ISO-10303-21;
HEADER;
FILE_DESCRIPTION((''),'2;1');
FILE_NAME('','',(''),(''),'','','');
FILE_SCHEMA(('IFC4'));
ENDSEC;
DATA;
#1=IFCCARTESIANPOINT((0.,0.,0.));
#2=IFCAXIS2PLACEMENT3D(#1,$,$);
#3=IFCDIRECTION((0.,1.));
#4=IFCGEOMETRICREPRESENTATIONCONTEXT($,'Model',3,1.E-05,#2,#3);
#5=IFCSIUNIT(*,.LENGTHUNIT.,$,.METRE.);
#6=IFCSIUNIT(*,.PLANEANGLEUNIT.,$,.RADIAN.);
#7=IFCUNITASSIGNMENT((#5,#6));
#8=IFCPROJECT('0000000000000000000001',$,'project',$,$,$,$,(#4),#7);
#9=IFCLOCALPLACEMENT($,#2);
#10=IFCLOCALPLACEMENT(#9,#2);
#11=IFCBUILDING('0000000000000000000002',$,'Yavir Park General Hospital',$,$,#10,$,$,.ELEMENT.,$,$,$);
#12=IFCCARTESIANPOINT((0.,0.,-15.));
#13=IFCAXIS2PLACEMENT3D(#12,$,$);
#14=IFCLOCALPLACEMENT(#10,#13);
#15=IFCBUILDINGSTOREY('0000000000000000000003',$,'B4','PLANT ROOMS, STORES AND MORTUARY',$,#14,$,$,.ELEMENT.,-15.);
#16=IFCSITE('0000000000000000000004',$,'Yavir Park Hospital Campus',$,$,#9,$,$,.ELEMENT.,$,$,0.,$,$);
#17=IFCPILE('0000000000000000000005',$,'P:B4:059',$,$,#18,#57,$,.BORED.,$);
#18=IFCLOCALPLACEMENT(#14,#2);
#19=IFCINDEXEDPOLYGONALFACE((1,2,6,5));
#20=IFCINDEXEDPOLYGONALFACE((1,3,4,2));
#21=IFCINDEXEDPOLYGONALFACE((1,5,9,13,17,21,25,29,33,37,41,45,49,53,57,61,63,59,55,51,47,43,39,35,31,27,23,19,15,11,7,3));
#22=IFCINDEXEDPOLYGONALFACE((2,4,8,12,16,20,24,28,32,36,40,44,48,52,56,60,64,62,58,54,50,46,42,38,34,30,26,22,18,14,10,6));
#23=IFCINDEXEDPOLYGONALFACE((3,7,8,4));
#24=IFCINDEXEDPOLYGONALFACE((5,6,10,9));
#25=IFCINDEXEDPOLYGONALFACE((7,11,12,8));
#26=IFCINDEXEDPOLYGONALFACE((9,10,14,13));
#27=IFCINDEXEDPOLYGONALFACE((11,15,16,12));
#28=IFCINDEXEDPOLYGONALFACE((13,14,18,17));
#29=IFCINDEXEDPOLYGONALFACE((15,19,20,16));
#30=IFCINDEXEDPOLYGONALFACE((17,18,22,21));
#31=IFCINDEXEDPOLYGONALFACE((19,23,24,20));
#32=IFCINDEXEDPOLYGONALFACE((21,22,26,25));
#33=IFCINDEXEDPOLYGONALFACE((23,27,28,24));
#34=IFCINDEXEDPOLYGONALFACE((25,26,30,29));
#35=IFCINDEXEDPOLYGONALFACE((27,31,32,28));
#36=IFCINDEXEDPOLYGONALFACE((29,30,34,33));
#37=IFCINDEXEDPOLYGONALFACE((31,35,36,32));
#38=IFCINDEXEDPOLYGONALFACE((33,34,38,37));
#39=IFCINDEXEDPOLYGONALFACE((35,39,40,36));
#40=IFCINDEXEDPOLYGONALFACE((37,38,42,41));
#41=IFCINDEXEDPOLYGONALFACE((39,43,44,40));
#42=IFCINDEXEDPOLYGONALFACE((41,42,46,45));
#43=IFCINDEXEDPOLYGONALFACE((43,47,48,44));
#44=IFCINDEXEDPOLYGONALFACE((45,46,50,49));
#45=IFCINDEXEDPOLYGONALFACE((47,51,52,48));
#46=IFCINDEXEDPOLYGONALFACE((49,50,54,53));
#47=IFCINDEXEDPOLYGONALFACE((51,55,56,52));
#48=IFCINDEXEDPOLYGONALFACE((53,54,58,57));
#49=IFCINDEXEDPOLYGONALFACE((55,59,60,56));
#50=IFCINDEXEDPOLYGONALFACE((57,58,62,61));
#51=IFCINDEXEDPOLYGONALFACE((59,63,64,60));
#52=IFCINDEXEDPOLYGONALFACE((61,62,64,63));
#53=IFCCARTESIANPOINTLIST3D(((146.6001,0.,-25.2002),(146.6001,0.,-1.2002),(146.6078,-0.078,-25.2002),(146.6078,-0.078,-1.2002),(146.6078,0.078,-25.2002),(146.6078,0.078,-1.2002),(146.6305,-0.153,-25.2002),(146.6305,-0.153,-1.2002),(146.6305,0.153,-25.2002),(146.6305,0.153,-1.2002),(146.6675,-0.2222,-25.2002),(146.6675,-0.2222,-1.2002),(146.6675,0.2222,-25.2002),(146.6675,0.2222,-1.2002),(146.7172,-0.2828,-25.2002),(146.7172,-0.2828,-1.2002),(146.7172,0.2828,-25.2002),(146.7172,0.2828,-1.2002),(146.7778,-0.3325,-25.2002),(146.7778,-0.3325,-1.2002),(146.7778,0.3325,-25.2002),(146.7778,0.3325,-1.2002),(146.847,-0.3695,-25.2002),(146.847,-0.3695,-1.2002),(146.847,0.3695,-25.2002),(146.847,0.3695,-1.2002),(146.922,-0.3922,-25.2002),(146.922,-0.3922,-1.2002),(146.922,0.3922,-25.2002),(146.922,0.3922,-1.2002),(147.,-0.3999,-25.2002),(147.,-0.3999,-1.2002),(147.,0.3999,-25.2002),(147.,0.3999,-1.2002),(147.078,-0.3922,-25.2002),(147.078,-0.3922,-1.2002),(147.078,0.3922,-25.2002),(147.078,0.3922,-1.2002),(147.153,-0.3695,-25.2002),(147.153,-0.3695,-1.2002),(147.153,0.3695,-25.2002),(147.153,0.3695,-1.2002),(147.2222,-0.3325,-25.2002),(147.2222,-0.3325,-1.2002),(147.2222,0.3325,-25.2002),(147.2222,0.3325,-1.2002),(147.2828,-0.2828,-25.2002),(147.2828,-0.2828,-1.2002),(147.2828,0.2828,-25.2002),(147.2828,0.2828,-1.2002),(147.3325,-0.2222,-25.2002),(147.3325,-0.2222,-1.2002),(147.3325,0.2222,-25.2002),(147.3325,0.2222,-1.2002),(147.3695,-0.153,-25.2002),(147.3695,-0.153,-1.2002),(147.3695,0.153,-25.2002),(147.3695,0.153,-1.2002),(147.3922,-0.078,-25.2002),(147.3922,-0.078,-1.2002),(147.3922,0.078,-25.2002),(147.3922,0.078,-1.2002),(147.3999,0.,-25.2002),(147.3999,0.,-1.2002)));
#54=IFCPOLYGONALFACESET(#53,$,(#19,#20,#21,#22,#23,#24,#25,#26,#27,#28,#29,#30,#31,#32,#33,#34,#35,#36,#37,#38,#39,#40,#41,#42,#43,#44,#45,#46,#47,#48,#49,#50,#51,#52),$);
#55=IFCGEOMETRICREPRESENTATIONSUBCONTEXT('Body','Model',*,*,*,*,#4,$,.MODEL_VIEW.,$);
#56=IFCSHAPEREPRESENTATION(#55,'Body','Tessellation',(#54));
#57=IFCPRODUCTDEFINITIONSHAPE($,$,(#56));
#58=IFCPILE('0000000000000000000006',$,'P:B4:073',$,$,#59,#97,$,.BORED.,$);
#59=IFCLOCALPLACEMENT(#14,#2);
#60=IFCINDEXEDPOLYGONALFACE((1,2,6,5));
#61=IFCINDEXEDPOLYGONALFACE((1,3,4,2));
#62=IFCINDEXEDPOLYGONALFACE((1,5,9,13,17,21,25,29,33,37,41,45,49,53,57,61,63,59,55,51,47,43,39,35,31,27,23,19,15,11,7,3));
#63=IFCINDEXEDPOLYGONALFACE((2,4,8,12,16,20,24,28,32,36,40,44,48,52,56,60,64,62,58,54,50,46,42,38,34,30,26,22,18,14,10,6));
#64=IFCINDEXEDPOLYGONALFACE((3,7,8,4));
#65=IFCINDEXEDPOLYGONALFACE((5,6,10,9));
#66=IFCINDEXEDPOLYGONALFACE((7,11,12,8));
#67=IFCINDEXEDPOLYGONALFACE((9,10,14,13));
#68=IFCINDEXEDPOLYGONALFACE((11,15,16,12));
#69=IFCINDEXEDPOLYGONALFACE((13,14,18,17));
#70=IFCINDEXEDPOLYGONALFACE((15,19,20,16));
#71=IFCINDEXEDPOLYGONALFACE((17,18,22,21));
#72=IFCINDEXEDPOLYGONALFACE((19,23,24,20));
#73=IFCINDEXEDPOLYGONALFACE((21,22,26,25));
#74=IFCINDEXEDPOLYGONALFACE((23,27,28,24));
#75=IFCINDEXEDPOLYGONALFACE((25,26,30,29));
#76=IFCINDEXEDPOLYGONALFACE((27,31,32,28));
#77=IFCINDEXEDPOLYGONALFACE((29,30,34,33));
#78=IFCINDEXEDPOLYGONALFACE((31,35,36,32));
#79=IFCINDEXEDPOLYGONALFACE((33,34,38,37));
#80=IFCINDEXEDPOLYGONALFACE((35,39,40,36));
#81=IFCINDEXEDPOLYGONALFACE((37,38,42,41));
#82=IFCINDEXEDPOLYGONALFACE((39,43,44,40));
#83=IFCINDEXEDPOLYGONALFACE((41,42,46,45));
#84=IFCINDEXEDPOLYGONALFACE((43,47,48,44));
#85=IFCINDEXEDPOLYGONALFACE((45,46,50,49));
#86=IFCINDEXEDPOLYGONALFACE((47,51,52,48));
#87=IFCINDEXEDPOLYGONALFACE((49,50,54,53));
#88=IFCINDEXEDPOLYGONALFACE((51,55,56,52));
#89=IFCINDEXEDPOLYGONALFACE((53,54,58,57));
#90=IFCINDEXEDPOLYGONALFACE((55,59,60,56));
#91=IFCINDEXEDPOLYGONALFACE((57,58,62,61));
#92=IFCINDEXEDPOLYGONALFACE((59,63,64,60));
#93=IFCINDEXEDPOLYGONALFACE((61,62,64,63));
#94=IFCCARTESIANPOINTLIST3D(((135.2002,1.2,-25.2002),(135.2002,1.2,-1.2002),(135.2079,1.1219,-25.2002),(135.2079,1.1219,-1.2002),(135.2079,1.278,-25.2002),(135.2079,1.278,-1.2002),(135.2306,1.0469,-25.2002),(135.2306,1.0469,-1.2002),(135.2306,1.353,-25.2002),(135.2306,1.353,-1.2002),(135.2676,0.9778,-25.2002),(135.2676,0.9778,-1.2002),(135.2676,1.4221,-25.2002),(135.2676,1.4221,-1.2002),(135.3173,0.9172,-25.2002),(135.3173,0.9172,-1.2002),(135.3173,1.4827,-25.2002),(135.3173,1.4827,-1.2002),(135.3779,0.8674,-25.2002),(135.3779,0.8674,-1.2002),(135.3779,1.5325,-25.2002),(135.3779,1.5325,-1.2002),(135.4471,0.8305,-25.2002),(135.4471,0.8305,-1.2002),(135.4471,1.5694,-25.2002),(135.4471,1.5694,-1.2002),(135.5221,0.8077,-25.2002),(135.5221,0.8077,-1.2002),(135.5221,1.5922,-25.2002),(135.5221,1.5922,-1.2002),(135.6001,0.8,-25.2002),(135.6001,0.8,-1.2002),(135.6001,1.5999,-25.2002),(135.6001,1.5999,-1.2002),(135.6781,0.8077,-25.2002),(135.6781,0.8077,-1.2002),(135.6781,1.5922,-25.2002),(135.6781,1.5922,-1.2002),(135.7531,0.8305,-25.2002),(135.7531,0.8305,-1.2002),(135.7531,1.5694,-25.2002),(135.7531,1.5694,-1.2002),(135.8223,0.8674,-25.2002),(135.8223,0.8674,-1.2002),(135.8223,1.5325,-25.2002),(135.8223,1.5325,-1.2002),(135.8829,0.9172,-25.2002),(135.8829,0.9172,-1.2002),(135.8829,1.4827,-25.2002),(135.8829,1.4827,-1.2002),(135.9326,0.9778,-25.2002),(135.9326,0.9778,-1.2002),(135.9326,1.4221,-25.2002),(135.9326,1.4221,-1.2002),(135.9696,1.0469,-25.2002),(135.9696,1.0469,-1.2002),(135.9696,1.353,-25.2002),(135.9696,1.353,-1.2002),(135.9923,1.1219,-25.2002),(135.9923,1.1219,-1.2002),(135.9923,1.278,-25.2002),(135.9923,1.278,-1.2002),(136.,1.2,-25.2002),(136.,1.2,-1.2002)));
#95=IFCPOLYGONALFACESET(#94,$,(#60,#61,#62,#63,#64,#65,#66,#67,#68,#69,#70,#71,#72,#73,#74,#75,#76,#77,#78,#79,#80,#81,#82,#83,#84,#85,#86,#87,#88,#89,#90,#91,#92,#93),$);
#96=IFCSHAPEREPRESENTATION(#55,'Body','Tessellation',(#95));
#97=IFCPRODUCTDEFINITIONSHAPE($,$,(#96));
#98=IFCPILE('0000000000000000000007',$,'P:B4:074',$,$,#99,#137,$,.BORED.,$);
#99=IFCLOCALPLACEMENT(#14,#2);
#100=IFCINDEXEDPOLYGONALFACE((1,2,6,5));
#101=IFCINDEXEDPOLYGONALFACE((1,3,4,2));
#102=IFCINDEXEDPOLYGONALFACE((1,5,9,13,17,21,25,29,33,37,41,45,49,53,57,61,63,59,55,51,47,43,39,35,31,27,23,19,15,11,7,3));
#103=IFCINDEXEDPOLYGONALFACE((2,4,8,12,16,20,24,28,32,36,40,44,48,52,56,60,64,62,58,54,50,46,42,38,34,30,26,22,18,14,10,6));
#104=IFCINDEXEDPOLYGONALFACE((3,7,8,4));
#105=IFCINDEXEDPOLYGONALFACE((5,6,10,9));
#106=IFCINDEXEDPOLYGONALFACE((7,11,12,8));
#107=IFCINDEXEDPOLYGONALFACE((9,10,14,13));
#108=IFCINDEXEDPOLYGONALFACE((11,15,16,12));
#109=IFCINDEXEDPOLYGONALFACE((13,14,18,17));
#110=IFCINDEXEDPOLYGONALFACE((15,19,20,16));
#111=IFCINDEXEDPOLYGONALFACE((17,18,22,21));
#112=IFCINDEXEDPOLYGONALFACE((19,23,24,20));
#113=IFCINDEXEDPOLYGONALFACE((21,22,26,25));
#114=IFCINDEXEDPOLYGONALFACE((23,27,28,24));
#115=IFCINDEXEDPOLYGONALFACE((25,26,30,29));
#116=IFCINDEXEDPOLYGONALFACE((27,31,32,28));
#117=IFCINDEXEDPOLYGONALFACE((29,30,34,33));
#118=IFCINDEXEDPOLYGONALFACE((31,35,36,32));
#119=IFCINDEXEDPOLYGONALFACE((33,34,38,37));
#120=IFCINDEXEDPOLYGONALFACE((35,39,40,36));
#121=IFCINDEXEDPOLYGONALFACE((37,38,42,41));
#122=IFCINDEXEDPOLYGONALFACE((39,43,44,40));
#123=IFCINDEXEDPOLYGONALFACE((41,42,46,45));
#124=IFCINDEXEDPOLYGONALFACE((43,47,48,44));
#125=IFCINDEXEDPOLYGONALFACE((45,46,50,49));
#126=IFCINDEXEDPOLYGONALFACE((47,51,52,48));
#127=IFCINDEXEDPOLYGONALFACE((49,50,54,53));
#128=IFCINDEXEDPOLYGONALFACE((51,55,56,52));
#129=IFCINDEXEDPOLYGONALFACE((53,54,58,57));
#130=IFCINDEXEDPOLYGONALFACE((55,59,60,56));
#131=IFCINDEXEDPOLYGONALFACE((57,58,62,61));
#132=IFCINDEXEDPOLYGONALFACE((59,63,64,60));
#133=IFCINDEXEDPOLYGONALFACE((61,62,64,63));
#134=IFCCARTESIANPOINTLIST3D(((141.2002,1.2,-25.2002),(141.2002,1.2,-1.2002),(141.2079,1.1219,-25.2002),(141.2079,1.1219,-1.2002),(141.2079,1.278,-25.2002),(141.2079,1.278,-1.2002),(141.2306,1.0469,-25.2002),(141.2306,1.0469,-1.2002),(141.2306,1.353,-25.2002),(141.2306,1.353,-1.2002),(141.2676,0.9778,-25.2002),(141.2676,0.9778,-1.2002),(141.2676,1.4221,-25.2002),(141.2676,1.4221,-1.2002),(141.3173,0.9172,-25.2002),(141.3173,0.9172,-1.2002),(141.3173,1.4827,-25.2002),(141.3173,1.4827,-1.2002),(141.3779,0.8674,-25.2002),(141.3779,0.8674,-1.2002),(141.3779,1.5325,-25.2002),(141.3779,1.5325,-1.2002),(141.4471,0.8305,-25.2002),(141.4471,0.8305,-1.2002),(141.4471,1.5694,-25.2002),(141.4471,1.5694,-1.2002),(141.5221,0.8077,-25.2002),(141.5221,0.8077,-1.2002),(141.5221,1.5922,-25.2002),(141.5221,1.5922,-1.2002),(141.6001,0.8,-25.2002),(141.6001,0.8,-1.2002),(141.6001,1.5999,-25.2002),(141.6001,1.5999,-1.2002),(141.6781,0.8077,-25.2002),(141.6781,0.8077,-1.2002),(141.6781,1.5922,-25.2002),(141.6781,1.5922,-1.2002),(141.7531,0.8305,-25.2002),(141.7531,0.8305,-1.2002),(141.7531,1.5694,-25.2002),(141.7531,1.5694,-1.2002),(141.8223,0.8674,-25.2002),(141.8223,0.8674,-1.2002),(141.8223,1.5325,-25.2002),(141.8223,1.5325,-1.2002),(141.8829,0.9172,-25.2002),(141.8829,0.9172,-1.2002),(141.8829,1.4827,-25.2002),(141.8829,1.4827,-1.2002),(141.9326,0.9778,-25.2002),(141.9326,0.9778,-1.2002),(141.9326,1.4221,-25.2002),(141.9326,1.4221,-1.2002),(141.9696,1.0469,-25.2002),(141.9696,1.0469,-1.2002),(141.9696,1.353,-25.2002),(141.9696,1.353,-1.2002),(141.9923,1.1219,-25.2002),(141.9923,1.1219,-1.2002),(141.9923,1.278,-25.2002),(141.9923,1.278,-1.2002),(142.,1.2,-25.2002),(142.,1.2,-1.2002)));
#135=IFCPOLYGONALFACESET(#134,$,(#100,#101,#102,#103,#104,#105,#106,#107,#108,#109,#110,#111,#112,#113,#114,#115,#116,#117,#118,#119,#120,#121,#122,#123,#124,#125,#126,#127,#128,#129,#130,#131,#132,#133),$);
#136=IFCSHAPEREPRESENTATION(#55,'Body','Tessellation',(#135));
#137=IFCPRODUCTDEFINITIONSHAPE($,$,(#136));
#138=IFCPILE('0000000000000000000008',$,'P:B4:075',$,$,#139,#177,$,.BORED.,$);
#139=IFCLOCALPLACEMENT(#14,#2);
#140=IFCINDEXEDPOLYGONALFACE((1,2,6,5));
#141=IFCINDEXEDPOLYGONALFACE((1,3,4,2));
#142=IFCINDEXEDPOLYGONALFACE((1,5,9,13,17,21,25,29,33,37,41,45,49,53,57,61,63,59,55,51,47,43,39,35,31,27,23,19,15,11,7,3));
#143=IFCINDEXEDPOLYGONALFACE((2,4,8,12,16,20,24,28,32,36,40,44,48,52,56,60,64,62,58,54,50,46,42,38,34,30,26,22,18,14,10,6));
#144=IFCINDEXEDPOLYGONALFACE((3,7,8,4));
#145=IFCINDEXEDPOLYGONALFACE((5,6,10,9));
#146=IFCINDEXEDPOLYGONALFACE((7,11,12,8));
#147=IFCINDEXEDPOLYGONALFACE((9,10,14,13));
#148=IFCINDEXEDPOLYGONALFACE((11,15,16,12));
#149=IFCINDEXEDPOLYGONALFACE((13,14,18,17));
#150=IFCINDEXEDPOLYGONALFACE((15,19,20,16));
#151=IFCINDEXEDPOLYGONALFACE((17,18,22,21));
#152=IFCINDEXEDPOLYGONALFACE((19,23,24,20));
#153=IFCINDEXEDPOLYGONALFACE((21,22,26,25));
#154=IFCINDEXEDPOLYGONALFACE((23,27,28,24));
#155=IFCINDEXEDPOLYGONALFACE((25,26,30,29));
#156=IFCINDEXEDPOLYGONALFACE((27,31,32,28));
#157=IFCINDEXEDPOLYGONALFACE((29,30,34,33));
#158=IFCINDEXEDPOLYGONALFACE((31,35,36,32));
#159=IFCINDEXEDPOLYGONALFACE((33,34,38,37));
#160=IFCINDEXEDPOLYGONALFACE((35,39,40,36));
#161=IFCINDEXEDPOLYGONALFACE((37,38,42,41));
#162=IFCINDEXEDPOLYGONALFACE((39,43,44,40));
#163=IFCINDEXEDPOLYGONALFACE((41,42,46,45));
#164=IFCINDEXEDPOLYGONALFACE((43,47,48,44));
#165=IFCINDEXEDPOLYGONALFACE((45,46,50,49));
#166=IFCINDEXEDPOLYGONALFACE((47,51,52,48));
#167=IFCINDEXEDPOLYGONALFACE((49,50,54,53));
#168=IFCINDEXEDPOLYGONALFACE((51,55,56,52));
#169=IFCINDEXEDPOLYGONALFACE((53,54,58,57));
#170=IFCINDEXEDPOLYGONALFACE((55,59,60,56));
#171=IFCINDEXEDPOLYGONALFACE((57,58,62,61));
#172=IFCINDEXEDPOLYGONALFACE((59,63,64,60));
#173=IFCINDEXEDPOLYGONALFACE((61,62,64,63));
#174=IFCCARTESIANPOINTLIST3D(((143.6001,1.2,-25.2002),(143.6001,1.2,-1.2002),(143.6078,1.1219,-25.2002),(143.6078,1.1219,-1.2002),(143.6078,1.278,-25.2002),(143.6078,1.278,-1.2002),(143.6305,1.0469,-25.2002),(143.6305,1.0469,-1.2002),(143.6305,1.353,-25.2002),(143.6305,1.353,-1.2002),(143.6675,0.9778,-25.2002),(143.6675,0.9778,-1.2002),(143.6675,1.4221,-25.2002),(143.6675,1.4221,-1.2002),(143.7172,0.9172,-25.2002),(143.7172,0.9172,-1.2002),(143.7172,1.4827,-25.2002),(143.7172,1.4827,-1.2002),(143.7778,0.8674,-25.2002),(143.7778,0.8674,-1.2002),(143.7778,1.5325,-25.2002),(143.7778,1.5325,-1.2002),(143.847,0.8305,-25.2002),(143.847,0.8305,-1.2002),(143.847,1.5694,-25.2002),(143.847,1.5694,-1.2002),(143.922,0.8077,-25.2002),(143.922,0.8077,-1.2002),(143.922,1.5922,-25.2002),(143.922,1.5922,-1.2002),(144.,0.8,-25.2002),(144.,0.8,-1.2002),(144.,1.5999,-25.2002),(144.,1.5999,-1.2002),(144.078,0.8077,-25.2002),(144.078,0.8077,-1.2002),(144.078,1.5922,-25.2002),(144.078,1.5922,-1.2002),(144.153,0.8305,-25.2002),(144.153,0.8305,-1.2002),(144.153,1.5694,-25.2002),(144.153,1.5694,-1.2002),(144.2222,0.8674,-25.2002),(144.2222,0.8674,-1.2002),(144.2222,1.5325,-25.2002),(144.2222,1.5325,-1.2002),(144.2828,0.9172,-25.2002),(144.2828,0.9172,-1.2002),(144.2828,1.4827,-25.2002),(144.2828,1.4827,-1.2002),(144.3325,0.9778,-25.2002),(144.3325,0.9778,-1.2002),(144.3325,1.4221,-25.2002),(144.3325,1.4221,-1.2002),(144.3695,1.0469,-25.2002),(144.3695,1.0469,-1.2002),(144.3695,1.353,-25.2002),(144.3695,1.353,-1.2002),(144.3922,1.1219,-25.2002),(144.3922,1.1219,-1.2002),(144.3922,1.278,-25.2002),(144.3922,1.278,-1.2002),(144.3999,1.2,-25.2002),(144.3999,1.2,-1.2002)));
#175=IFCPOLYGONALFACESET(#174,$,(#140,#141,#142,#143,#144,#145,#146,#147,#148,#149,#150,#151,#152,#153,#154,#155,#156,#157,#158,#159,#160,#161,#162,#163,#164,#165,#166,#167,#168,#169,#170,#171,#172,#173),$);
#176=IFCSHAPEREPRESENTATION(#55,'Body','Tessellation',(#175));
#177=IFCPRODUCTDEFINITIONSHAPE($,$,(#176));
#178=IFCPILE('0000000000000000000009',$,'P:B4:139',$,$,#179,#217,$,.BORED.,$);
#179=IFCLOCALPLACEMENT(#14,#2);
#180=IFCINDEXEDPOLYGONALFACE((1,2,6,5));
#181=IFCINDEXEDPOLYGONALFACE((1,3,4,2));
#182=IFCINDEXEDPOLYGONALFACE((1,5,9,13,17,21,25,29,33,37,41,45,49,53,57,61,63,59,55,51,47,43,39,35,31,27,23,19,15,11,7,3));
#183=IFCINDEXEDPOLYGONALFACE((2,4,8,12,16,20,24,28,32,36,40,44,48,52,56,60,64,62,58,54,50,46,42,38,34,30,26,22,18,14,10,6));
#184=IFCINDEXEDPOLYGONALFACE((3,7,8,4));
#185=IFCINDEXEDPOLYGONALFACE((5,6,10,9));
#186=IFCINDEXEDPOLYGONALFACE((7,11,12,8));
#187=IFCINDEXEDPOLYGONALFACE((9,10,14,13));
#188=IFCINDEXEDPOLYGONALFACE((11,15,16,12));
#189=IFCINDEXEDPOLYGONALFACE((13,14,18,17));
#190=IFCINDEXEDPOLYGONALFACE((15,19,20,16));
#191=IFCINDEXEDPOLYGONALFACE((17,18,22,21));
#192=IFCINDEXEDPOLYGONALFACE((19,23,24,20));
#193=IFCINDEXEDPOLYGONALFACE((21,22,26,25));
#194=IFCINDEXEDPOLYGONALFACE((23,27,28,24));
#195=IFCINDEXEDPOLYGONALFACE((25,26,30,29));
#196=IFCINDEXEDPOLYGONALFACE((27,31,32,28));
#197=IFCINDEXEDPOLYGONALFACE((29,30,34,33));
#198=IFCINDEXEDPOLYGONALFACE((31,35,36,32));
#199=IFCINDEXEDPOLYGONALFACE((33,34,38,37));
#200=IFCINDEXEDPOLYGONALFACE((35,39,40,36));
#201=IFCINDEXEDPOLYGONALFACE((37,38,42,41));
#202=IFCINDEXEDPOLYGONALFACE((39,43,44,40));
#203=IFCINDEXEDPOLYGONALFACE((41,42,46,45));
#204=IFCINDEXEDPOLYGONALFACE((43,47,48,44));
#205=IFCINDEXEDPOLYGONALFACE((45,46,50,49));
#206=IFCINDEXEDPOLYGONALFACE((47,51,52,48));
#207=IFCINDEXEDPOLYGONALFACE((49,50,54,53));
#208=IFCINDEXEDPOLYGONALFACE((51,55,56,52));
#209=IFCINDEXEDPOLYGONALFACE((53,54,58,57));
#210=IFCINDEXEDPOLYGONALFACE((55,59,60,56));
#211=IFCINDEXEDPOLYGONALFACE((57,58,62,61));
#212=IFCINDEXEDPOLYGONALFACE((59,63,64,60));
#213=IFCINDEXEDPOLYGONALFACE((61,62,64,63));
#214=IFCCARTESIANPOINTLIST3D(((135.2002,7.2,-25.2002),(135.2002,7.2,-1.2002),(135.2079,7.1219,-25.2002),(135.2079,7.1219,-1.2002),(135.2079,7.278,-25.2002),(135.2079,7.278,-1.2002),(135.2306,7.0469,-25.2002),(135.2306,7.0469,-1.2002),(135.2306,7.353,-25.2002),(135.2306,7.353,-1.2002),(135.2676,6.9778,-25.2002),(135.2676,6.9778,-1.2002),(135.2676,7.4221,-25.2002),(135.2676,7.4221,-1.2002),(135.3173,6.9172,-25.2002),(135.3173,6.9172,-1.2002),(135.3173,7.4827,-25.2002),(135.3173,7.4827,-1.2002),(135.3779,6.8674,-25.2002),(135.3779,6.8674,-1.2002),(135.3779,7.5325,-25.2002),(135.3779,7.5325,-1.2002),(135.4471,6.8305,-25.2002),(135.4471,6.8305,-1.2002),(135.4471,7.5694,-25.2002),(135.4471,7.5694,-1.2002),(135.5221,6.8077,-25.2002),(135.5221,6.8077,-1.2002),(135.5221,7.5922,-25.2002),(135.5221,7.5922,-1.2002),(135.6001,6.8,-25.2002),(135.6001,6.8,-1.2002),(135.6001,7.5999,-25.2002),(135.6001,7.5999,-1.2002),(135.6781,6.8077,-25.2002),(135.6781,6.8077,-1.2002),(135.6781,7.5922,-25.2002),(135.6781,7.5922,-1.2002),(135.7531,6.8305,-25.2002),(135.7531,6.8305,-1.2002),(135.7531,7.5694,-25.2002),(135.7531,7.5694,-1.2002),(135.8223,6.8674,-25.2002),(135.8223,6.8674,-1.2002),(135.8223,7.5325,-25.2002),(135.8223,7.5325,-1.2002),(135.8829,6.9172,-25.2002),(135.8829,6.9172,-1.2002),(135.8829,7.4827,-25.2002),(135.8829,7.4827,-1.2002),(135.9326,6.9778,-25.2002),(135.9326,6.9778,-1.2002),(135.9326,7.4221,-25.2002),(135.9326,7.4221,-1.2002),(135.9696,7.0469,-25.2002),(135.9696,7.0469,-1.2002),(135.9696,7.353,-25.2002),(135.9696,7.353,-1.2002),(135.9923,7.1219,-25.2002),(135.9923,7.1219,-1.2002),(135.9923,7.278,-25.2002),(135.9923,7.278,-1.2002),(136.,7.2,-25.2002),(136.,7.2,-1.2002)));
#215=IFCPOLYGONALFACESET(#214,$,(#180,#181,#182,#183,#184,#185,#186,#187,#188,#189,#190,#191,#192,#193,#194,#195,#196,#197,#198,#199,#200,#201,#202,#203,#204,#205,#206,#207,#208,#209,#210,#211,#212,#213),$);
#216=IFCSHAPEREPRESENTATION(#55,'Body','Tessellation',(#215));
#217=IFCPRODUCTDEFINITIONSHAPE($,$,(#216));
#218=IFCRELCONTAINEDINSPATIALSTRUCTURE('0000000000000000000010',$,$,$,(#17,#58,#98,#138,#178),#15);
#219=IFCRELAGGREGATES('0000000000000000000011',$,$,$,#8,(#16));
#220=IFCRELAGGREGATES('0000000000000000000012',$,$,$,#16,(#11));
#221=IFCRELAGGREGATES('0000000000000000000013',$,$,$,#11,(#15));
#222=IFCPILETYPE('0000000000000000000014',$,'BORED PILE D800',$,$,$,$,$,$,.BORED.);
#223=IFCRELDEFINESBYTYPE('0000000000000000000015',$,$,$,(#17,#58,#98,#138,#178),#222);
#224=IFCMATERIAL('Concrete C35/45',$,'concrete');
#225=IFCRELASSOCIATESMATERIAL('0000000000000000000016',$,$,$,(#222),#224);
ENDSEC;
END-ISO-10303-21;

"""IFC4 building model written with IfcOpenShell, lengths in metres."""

from ifc_helpers import new_model, si_unit, direction, frame, origin, origin_2d, place, context, subcontext, project, spatial, circle, extrude, material, material_profile, profile_set, type_object, element, save


model = new_model("IFC4")

# Units and contexts
model_context = context("Model", 3, precision=1e-05, world=origin(), true_north=direction((0.0, 1.0)))
body_context = subcontext(model_context, "Body", "Model", "MODEL_VIEW")
ifc_project = project(units=[si_unit("LENGTHUNIT", "METRE"), si_unit("PLANEANGLEUNIT", "RADIAN")], contexts=[model_context])

# Site, building, storey
site_placement = place(None, origin())
site = spatial("IfcSite", under=ifc_project, at=site_placement, Name="Yavir Park Hospital Campus", CompositionType="ELEMENT", RefElevation=0.0)
building_placement = place(site_placement, origin())
building = spatial("IfcBuilding", under=site, at=building_placement, Name="Yavir Park General Hospital", CompositionType="ELEMENT")
storey_placement = place(building_placement, frame((0.0, 0.0, -15.0)))
storey = spatial("IfcBuildingStorey", under=building, at=storey_placement, Name="B4", Description="PLANT ROOMS, STORES AND MORTUARY", CompositionType="ELEMENT", Elevation=-15.0)

# Piles
ifc_material_1 = material(Name="Concrete C35/45", Category="concrete")
ifc_material_profile_1 = material_profile(ifc_material_1, circle(Radius=0.3999, at=origin_2d()), Name="D800")
ifc_profile_set_1 = profile_set([ifc_material_profile_1], Name="Concrete C35/45")
pile_type = type_object("IfcPileType", Name="BORED PILE D800", PredefinedType="BORED", material=ifc_profile_set_1)
for number, where, z_axis, x_axis, name in (
    (1, (147.0, 0.0, -1.2002), (0.0, 0.0, -1.0), (1.0, 0.0, 0.0), "P:B4:059"),
    (2, (135.6001, 1.2, -1.2002), (0.0, 0.0, -1.0), (1.0, 0.0, 0.0), "P:B4:073"),
    (3, (141.6001, 1.2, -1.2002), (0.0, 0.0, -1.0), (1.0, 0.0, 0.0), "P:B4:074"),
    (4, (144.0, 1.2, -1.2002), (0.0, 0.0, -1.0), (1.0, 0.0, 0.0), "P:B4:075"),
    (5, (135.6001, 7.2, -1.2002), (0.0, 0.0, -1.0), (1.0, 0.0, 0.0), "P:B4:139"),
):
    element("IfcPile", number, at=place(storey_placement, frame(where, z_axis=z_axis, x_axis=x_axis)), inside=storey, type_object=pile_type, Name=name, PredefinedType="BORED", context=body_context, shape_type="SweptSolid", body=[
        extrude(circle(Radius=0.3999, at=origin_2d()), origin(), (0.0, 0.0, 1.0), 24.0),
    ])

save(model, "model.ifc")
